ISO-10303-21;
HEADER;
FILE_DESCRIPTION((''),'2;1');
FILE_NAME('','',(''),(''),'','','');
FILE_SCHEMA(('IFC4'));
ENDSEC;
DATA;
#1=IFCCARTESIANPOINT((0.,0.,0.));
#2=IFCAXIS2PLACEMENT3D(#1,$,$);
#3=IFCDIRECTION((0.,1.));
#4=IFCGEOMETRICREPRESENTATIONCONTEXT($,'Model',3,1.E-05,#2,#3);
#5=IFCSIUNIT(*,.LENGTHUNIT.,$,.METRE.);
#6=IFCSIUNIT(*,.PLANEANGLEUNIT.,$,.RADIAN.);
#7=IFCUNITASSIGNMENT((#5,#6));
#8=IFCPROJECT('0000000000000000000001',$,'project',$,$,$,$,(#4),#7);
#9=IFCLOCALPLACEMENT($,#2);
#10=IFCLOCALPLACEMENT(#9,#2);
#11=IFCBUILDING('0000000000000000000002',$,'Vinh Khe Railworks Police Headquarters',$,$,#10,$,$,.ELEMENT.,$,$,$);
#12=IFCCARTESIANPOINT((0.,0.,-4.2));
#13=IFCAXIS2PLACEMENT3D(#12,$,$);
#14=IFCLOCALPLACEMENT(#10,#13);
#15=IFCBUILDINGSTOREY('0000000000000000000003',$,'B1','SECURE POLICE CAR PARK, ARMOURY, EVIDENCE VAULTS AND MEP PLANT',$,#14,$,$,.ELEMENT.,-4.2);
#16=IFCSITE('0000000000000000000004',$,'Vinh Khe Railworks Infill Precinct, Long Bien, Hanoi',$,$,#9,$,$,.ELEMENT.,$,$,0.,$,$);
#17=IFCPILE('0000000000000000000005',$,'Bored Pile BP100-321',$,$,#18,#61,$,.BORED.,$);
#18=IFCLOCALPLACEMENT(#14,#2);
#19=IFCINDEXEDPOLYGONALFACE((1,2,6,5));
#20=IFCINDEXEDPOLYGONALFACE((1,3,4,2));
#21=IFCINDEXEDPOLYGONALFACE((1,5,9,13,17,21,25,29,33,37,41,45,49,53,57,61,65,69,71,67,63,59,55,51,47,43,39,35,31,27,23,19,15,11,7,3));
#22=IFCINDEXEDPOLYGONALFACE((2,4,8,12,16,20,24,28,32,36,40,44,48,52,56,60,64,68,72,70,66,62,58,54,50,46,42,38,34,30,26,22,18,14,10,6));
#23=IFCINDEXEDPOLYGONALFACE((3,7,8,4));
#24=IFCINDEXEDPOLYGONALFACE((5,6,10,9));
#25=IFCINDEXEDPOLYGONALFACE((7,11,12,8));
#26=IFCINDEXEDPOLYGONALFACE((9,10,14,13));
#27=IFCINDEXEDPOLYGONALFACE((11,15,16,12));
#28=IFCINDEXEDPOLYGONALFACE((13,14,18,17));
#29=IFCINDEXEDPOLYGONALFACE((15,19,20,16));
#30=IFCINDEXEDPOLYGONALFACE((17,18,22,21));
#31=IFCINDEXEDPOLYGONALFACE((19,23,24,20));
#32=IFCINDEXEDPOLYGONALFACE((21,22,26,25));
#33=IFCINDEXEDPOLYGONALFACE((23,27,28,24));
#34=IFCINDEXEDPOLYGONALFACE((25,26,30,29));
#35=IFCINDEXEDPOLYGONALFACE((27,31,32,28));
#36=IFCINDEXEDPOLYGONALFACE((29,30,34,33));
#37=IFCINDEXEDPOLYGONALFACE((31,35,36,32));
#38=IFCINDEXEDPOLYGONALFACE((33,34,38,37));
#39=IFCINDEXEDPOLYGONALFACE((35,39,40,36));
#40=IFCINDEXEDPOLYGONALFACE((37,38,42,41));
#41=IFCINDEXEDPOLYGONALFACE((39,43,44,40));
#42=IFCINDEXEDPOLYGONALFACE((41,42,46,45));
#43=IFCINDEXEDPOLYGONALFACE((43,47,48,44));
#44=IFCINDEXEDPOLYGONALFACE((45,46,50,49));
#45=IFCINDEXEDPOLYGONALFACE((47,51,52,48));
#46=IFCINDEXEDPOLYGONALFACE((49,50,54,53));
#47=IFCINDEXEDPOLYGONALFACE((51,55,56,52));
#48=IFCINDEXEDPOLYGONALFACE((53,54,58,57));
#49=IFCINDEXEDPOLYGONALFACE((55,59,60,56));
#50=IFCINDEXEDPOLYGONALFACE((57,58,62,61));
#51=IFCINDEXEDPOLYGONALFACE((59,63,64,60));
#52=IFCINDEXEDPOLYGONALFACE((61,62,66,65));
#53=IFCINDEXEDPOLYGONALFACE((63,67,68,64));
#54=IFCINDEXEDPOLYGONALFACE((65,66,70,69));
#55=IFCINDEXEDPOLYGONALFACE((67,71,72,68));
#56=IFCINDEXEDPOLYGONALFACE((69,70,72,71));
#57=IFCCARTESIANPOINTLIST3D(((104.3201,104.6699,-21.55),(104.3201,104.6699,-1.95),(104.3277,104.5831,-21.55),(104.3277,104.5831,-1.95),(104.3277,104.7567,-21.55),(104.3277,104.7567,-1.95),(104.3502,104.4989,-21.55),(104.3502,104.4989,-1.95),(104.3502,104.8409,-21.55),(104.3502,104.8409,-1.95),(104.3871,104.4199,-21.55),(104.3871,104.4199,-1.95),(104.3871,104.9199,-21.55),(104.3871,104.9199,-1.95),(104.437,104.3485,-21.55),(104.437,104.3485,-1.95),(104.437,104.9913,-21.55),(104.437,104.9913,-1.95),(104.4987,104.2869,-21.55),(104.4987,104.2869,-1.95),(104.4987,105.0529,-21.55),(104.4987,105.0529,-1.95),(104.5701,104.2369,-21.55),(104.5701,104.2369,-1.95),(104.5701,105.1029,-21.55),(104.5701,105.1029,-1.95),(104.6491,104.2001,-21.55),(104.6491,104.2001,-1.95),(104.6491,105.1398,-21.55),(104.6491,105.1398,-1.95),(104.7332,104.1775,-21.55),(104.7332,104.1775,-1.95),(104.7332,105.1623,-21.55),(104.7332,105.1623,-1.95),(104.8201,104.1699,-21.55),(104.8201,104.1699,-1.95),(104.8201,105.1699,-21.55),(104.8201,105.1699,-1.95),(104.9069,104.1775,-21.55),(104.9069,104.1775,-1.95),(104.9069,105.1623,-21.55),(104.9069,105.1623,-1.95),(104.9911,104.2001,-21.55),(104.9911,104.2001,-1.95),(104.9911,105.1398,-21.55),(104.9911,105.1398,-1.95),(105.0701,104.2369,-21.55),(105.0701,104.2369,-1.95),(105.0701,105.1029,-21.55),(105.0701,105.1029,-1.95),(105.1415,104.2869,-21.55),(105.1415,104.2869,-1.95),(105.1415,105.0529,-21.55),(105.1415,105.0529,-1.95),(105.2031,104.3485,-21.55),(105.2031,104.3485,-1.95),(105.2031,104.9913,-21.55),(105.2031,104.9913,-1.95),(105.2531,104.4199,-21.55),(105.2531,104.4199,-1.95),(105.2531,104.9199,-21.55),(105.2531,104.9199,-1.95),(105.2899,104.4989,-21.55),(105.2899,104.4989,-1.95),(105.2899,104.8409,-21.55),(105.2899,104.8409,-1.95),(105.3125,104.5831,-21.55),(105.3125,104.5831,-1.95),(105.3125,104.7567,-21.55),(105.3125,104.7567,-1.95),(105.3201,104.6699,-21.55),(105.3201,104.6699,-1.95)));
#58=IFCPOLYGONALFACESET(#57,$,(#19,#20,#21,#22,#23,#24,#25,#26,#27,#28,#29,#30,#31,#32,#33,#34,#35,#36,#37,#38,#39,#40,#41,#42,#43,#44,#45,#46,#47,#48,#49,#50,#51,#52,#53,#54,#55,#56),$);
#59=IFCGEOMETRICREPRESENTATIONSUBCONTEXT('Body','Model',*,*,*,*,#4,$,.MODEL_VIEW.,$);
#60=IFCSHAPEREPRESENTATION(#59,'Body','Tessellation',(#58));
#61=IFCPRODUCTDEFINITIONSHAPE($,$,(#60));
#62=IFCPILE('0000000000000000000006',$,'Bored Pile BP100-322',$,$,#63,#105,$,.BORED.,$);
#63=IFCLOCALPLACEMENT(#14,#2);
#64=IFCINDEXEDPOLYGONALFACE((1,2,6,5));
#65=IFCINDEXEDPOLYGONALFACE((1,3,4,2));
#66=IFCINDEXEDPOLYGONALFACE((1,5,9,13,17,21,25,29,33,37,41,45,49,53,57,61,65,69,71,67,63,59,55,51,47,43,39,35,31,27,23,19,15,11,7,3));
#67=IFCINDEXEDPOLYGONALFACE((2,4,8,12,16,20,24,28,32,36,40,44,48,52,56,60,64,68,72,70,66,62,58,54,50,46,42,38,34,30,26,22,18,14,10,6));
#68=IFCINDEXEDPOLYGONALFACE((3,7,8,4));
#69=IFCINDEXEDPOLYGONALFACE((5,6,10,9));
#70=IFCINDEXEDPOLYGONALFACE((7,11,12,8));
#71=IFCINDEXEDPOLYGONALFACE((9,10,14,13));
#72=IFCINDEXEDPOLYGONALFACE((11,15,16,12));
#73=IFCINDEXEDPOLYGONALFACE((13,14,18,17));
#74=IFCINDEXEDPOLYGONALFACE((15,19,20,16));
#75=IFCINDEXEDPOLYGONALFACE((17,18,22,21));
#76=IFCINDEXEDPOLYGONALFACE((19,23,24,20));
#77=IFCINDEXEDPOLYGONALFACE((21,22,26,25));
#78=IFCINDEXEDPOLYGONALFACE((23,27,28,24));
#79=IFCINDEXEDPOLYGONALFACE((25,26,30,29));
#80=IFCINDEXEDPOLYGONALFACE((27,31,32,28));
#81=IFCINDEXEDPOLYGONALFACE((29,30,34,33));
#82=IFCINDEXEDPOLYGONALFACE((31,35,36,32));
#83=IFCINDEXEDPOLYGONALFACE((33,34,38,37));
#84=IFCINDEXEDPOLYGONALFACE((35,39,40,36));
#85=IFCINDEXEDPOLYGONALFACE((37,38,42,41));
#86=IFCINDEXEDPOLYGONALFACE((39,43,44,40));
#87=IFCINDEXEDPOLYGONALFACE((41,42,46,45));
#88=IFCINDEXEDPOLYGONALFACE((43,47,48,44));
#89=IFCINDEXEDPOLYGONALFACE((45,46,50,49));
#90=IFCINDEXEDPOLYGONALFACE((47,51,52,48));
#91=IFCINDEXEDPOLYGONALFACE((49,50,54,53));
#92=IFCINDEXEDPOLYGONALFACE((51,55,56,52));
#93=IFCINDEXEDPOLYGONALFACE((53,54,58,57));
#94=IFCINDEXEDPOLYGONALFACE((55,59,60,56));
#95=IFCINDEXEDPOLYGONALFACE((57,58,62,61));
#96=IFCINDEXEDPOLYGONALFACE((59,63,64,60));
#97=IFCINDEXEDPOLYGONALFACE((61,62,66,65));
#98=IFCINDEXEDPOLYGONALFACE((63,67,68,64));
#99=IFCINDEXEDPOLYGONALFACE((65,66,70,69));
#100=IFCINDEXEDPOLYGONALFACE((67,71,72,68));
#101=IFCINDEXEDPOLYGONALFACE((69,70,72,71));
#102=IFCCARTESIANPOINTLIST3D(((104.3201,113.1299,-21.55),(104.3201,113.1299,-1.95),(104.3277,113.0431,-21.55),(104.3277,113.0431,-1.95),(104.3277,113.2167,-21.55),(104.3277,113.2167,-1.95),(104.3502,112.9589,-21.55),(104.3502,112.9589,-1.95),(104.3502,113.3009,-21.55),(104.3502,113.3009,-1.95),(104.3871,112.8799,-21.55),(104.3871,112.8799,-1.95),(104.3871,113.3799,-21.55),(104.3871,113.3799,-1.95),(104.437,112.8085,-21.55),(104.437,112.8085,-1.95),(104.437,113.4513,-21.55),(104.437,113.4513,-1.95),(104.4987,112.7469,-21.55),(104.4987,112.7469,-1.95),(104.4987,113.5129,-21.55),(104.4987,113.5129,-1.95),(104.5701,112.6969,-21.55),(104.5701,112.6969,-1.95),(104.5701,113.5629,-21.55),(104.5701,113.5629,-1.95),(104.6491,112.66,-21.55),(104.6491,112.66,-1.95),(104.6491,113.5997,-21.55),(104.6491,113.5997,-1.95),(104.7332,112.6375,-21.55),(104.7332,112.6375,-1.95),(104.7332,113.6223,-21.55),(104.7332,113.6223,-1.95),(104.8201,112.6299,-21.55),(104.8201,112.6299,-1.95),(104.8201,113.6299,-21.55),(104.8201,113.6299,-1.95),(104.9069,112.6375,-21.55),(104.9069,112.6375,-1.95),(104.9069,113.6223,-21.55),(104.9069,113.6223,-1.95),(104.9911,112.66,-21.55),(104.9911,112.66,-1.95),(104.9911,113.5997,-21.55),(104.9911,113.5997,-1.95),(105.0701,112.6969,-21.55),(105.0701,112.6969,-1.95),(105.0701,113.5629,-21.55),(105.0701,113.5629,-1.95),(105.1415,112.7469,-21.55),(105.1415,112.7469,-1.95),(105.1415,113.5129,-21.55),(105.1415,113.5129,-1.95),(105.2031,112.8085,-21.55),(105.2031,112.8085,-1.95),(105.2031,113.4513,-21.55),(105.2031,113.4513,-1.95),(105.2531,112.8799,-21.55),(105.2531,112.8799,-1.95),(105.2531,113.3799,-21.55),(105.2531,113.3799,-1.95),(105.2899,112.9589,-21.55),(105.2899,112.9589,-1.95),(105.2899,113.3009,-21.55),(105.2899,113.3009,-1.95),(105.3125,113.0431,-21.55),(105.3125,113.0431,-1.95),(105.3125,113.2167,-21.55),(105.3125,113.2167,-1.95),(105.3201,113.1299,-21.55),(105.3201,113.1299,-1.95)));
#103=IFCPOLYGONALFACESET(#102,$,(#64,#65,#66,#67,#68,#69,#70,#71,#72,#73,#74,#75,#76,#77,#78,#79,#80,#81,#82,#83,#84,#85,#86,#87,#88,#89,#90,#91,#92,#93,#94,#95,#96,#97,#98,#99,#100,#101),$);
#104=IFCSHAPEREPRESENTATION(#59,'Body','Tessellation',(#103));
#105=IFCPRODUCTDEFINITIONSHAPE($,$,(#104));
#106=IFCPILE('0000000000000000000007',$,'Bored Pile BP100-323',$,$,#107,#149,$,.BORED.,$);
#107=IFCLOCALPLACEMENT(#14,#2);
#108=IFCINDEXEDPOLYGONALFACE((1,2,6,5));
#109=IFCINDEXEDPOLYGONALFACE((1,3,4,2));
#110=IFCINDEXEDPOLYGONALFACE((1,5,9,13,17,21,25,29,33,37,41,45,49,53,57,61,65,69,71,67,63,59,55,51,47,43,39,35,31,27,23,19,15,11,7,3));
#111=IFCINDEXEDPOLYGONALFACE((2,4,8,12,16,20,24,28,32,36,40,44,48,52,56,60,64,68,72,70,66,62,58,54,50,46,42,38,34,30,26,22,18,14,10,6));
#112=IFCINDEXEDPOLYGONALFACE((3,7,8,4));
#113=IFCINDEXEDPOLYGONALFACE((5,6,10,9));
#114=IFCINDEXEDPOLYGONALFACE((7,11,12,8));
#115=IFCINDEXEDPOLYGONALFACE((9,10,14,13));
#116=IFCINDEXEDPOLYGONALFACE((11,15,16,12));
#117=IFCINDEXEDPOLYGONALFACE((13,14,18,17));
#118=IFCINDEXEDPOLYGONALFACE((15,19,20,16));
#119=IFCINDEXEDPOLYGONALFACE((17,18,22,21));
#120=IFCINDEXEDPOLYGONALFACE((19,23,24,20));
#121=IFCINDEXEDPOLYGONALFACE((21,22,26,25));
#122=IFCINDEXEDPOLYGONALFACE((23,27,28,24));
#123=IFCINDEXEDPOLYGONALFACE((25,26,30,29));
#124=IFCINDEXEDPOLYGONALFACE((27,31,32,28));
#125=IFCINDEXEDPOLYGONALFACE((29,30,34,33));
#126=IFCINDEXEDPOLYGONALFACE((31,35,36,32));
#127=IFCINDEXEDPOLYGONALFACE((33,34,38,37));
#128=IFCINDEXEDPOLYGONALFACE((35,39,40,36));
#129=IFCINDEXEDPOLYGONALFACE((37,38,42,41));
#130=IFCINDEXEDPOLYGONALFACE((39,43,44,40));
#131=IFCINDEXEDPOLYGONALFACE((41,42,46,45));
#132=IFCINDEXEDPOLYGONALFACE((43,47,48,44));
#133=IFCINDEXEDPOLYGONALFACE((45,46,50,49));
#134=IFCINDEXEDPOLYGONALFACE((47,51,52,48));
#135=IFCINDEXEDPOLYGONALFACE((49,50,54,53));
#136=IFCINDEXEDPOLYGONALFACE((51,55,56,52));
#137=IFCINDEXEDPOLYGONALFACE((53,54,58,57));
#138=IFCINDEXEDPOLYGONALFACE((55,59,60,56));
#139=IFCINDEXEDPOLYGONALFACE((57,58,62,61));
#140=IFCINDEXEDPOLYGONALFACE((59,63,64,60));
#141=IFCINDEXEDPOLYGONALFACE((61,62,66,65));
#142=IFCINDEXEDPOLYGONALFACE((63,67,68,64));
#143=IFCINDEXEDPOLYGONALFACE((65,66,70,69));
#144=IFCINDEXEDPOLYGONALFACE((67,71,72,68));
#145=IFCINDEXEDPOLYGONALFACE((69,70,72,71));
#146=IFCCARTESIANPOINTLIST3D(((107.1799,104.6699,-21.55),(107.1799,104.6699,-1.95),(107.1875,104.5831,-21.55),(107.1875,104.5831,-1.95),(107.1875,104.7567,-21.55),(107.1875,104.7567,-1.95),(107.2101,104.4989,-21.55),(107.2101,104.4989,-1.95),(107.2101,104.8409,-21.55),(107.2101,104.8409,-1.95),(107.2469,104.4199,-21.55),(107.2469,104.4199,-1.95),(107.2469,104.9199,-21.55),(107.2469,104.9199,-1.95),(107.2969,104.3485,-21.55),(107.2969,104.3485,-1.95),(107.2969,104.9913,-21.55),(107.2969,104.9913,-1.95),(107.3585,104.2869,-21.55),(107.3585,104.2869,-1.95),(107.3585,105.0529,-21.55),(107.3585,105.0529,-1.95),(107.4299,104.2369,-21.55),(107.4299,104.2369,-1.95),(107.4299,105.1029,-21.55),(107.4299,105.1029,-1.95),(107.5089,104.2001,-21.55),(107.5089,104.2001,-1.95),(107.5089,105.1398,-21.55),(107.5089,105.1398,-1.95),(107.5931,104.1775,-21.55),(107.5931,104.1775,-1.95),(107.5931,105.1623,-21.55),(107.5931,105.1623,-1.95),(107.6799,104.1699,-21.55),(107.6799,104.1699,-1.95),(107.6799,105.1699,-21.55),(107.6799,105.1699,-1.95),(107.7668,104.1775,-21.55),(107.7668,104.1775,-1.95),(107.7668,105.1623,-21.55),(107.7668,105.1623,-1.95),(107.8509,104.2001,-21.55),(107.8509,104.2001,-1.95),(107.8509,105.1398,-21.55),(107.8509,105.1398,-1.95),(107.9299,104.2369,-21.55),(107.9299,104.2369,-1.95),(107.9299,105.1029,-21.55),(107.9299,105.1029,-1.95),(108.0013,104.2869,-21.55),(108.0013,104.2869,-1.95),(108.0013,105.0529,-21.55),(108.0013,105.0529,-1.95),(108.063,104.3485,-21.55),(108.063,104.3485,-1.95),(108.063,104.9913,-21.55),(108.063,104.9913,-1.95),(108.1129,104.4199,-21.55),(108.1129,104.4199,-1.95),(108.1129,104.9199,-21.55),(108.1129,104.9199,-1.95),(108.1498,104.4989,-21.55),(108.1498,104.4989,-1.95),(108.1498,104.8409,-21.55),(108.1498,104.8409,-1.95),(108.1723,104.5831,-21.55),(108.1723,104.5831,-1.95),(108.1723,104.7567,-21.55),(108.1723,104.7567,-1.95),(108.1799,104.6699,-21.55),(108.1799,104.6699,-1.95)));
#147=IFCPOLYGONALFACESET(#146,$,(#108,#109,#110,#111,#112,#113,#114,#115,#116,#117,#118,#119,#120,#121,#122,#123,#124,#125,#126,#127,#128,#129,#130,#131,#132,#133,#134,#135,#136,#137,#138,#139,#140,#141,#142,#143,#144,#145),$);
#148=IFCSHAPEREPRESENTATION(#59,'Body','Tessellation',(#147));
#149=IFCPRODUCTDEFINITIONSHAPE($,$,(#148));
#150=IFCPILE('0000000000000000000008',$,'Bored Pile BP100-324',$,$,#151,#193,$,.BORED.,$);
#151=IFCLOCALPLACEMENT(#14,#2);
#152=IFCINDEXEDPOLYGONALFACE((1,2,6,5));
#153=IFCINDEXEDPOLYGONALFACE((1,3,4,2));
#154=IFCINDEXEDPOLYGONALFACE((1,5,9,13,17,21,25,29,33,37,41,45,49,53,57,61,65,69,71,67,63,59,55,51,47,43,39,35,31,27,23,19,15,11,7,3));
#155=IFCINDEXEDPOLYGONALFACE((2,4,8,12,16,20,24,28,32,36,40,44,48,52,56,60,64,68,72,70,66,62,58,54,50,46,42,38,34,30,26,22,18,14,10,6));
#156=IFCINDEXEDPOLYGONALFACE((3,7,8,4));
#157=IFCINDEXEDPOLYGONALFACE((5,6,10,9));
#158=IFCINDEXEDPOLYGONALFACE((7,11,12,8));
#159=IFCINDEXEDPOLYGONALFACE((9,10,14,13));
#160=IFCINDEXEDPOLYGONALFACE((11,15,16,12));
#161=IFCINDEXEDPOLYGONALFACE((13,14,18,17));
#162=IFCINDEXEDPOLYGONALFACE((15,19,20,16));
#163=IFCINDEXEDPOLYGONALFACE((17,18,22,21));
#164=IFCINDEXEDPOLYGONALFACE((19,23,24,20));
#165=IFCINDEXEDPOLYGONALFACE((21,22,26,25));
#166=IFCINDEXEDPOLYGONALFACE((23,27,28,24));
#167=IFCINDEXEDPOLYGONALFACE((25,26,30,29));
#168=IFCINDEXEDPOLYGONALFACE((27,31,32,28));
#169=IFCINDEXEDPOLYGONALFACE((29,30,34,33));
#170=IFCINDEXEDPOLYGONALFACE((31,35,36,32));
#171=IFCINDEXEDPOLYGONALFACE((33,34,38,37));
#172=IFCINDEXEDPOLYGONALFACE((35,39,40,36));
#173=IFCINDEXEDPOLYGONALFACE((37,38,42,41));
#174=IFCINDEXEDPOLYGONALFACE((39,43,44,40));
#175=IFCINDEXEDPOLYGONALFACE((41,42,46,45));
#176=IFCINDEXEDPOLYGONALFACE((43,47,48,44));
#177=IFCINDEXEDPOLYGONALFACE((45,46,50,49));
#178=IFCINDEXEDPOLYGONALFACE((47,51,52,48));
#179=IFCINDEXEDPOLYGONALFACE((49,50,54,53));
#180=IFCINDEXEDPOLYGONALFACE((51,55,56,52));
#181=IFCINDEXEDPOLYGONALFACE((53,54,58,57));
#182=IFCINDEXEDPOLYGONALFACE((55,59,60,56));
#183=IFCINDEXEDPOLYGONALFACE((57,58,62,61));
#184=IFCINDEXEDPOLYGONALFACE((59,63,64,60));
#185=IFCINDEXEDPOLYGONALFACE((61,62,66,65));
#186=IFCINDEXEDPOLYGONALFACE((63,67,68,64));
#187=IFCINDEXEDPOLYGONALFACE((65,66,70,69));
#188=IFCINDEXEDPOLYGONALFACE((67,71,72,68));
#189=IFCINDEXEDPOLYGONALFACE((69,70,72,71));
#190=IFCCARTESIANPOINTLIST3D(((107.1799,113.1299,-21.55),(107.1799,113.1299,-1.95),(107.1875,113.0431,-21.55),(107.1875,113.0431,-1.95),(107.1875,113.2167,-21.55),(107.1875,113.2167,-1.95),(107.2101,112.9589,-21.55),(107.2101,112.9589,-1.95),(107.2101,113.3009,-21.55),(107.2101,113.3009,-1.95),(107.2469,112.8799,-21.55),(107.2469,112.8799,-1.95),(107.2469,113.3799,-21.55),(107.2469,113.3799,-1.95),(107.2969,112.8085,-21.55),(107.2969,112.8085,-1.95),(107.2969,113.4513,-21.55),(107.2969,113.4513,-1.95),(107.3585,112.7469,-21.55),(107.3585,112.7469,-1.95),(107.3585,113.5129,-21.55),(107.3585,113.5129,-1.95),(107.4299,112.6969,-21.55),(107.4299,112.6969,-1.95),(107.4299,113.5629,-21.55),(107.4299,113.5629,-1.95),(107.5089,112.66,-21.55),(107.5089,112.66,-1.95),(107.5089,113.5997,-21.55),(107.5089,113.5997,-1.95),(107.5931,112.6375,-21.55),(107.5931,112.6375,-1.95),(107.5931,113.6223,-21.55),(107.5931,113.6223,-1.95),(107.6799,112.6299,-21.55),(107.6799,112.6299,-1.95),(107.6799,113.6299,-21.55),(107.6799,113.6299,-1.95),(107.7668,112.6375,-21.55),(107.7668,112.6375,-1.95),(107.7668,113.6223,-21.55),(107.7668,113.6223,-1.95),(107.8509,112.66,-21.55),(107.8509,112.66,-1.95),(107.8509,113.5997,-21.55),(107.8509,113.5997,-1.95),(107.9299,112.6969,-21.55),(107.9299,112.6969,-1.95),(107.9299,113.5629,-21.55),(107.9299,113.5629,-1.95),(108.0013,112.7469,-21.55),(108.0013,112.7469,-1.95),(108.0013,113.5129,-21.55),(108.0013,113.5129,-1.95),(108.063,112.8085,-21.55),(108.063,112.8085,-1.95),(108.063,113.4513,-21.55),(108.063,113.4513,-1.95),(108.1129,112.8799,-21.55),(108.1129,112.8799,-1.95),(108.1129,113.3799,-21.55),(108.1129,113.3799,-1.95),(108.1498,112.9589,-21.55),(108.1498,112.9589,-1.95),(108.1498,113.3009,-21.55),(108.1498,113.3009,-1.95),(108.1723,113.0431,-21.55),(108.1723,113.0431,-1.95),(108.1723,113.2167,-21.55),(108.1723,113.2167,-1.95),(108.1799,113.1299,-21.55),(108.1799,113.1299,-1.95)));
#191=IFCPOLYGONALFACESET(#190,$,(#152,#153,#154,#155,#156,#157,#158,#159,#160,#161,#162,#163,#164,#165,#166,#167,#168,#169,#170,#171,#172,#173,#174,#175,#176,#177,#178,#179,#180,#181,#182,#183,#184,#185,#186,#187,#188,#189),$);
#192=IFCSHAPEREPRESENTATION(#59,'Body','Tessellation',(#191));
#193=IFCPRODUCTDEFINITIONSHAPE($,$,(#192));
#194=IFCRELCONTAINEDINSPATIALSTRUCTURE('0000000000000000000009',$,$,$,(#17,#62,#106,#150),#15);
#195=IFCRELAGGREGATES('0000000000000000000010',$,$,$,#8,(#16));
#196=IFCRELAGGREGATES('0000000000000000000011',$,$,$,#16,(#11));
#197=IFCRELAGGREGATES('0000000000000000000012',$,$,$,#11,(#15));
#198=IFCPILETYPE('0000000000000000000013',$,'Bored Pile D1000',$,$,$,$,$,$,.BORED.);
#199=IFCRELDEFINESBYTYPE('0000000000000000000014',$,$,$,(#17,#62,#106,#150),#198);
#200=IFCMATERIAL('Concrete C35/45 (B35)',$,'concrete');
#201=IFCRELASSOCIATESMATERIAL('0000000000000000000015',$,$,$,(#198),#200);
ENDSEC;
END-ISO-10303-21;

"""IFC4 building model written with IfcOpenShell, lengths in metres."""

from ifc_helpers import new_model, si_unit, direction, frame, origin, origin_2d, place, context, subcontext, project, spatial, circle, extrude, material, material_profile, profile_set, type_object, element, save


model = new_model("IFC4")

# Units and contexts
model_context = context("Model", 3, precision=1e-05, world=origin(), true_north=direction((0.0, 1.0)))
body_context = subcontext(model_context, "Body", "Model", "MODEL_VIEW")
ifc_project = project(units=[si_unit("LENGTHUNIT", "METRE"), si_unit("PLANEANGLEUNIT", "RADIAN")], contexts=[model_context])

# Site, building, storey
site_placement = place(None, origin())
site = spatial("IfcSite", under=ifc_project, at=site_placement, Name="Vinh Khe Railworks Infill Precinct, Long Bien, Hanoi", CompositionType="ELEMENT", RefElevation=0.0)
building_placement = place(site_placement, origin())
building = spatial("IfcBuilding", under=site, at=building_placement, Name="Vinh Khe Railworks Police Headquarters", CompositionType="ELEMENT")
storey_placement = place(building_placement, frame((0.0, 0.0, -4.2)))
storey = spatial("IfcBuildingStorey", under=building, at=storey_placement, Name="B1", Description="SECURE POLICE CAR PARK, ARMOURY, EVIDENCE VAULTS AND MEP PLANT", CompositionType="ELEMENT", Elevation=-4.2)

# Piles
ifc_material_1 = material(Name="Concrete C35/45 (B35)", Category="concrete")
ifc_material_profile_1 = material_profile(ifc_material_1, circle(Radius=0.5, at=origin_2d()), Name="BORED PILE D1000")
ifc_profile_set_1 = profile_set([ifc_material_profile_1], Name="Concrete C35/45 (B35)")
pile_type_1 = type_object("IfcPileType", Name="Bored Pile D1000", PredefinedType="BORED", material=ifc_profile_set_1)
for number, where, z_axis, x_axis, name in (
    (1, (104.8201, 104.6699, -1.95), (0.0, 0.0, -1.0), (1.0, 0.0, 0.0), "Bored Pile BP100-321"),
    (2, (104.8201, 113.1299, -1.95), (0.0, 0.0, -1.0), (1.0, 0.0, 0.0), "Bored Pile BP100-322"),
    (3, (107.6799, 104.6699, -1.95), (0.0, 0.0, -1.0), (1.0, 0.0, 0.0), "Bored Pile BP100-323"),
    (4, (107.6799, 113.1299, -1.95), (0.0, 0.0, -1.0), (1.0, 0.0, 0.0), "Bored Pile BP100-324"),
):
    element("IfcPile", number, at=place(storey_placement, frame(where, z_axis=z_axis, x_axis=x_axis)), inside=storey, type_object=pile_type_1, Name=name, PredefinedType="BORED", context=body_context, shape_type="SweptSolid", body=[
        extrude(circle(Radius=0.5, at=origin_2d()), origin(), (0.0, 0.0, 1.0), 19.6001),
    ])

save(model, "model.ifc")
